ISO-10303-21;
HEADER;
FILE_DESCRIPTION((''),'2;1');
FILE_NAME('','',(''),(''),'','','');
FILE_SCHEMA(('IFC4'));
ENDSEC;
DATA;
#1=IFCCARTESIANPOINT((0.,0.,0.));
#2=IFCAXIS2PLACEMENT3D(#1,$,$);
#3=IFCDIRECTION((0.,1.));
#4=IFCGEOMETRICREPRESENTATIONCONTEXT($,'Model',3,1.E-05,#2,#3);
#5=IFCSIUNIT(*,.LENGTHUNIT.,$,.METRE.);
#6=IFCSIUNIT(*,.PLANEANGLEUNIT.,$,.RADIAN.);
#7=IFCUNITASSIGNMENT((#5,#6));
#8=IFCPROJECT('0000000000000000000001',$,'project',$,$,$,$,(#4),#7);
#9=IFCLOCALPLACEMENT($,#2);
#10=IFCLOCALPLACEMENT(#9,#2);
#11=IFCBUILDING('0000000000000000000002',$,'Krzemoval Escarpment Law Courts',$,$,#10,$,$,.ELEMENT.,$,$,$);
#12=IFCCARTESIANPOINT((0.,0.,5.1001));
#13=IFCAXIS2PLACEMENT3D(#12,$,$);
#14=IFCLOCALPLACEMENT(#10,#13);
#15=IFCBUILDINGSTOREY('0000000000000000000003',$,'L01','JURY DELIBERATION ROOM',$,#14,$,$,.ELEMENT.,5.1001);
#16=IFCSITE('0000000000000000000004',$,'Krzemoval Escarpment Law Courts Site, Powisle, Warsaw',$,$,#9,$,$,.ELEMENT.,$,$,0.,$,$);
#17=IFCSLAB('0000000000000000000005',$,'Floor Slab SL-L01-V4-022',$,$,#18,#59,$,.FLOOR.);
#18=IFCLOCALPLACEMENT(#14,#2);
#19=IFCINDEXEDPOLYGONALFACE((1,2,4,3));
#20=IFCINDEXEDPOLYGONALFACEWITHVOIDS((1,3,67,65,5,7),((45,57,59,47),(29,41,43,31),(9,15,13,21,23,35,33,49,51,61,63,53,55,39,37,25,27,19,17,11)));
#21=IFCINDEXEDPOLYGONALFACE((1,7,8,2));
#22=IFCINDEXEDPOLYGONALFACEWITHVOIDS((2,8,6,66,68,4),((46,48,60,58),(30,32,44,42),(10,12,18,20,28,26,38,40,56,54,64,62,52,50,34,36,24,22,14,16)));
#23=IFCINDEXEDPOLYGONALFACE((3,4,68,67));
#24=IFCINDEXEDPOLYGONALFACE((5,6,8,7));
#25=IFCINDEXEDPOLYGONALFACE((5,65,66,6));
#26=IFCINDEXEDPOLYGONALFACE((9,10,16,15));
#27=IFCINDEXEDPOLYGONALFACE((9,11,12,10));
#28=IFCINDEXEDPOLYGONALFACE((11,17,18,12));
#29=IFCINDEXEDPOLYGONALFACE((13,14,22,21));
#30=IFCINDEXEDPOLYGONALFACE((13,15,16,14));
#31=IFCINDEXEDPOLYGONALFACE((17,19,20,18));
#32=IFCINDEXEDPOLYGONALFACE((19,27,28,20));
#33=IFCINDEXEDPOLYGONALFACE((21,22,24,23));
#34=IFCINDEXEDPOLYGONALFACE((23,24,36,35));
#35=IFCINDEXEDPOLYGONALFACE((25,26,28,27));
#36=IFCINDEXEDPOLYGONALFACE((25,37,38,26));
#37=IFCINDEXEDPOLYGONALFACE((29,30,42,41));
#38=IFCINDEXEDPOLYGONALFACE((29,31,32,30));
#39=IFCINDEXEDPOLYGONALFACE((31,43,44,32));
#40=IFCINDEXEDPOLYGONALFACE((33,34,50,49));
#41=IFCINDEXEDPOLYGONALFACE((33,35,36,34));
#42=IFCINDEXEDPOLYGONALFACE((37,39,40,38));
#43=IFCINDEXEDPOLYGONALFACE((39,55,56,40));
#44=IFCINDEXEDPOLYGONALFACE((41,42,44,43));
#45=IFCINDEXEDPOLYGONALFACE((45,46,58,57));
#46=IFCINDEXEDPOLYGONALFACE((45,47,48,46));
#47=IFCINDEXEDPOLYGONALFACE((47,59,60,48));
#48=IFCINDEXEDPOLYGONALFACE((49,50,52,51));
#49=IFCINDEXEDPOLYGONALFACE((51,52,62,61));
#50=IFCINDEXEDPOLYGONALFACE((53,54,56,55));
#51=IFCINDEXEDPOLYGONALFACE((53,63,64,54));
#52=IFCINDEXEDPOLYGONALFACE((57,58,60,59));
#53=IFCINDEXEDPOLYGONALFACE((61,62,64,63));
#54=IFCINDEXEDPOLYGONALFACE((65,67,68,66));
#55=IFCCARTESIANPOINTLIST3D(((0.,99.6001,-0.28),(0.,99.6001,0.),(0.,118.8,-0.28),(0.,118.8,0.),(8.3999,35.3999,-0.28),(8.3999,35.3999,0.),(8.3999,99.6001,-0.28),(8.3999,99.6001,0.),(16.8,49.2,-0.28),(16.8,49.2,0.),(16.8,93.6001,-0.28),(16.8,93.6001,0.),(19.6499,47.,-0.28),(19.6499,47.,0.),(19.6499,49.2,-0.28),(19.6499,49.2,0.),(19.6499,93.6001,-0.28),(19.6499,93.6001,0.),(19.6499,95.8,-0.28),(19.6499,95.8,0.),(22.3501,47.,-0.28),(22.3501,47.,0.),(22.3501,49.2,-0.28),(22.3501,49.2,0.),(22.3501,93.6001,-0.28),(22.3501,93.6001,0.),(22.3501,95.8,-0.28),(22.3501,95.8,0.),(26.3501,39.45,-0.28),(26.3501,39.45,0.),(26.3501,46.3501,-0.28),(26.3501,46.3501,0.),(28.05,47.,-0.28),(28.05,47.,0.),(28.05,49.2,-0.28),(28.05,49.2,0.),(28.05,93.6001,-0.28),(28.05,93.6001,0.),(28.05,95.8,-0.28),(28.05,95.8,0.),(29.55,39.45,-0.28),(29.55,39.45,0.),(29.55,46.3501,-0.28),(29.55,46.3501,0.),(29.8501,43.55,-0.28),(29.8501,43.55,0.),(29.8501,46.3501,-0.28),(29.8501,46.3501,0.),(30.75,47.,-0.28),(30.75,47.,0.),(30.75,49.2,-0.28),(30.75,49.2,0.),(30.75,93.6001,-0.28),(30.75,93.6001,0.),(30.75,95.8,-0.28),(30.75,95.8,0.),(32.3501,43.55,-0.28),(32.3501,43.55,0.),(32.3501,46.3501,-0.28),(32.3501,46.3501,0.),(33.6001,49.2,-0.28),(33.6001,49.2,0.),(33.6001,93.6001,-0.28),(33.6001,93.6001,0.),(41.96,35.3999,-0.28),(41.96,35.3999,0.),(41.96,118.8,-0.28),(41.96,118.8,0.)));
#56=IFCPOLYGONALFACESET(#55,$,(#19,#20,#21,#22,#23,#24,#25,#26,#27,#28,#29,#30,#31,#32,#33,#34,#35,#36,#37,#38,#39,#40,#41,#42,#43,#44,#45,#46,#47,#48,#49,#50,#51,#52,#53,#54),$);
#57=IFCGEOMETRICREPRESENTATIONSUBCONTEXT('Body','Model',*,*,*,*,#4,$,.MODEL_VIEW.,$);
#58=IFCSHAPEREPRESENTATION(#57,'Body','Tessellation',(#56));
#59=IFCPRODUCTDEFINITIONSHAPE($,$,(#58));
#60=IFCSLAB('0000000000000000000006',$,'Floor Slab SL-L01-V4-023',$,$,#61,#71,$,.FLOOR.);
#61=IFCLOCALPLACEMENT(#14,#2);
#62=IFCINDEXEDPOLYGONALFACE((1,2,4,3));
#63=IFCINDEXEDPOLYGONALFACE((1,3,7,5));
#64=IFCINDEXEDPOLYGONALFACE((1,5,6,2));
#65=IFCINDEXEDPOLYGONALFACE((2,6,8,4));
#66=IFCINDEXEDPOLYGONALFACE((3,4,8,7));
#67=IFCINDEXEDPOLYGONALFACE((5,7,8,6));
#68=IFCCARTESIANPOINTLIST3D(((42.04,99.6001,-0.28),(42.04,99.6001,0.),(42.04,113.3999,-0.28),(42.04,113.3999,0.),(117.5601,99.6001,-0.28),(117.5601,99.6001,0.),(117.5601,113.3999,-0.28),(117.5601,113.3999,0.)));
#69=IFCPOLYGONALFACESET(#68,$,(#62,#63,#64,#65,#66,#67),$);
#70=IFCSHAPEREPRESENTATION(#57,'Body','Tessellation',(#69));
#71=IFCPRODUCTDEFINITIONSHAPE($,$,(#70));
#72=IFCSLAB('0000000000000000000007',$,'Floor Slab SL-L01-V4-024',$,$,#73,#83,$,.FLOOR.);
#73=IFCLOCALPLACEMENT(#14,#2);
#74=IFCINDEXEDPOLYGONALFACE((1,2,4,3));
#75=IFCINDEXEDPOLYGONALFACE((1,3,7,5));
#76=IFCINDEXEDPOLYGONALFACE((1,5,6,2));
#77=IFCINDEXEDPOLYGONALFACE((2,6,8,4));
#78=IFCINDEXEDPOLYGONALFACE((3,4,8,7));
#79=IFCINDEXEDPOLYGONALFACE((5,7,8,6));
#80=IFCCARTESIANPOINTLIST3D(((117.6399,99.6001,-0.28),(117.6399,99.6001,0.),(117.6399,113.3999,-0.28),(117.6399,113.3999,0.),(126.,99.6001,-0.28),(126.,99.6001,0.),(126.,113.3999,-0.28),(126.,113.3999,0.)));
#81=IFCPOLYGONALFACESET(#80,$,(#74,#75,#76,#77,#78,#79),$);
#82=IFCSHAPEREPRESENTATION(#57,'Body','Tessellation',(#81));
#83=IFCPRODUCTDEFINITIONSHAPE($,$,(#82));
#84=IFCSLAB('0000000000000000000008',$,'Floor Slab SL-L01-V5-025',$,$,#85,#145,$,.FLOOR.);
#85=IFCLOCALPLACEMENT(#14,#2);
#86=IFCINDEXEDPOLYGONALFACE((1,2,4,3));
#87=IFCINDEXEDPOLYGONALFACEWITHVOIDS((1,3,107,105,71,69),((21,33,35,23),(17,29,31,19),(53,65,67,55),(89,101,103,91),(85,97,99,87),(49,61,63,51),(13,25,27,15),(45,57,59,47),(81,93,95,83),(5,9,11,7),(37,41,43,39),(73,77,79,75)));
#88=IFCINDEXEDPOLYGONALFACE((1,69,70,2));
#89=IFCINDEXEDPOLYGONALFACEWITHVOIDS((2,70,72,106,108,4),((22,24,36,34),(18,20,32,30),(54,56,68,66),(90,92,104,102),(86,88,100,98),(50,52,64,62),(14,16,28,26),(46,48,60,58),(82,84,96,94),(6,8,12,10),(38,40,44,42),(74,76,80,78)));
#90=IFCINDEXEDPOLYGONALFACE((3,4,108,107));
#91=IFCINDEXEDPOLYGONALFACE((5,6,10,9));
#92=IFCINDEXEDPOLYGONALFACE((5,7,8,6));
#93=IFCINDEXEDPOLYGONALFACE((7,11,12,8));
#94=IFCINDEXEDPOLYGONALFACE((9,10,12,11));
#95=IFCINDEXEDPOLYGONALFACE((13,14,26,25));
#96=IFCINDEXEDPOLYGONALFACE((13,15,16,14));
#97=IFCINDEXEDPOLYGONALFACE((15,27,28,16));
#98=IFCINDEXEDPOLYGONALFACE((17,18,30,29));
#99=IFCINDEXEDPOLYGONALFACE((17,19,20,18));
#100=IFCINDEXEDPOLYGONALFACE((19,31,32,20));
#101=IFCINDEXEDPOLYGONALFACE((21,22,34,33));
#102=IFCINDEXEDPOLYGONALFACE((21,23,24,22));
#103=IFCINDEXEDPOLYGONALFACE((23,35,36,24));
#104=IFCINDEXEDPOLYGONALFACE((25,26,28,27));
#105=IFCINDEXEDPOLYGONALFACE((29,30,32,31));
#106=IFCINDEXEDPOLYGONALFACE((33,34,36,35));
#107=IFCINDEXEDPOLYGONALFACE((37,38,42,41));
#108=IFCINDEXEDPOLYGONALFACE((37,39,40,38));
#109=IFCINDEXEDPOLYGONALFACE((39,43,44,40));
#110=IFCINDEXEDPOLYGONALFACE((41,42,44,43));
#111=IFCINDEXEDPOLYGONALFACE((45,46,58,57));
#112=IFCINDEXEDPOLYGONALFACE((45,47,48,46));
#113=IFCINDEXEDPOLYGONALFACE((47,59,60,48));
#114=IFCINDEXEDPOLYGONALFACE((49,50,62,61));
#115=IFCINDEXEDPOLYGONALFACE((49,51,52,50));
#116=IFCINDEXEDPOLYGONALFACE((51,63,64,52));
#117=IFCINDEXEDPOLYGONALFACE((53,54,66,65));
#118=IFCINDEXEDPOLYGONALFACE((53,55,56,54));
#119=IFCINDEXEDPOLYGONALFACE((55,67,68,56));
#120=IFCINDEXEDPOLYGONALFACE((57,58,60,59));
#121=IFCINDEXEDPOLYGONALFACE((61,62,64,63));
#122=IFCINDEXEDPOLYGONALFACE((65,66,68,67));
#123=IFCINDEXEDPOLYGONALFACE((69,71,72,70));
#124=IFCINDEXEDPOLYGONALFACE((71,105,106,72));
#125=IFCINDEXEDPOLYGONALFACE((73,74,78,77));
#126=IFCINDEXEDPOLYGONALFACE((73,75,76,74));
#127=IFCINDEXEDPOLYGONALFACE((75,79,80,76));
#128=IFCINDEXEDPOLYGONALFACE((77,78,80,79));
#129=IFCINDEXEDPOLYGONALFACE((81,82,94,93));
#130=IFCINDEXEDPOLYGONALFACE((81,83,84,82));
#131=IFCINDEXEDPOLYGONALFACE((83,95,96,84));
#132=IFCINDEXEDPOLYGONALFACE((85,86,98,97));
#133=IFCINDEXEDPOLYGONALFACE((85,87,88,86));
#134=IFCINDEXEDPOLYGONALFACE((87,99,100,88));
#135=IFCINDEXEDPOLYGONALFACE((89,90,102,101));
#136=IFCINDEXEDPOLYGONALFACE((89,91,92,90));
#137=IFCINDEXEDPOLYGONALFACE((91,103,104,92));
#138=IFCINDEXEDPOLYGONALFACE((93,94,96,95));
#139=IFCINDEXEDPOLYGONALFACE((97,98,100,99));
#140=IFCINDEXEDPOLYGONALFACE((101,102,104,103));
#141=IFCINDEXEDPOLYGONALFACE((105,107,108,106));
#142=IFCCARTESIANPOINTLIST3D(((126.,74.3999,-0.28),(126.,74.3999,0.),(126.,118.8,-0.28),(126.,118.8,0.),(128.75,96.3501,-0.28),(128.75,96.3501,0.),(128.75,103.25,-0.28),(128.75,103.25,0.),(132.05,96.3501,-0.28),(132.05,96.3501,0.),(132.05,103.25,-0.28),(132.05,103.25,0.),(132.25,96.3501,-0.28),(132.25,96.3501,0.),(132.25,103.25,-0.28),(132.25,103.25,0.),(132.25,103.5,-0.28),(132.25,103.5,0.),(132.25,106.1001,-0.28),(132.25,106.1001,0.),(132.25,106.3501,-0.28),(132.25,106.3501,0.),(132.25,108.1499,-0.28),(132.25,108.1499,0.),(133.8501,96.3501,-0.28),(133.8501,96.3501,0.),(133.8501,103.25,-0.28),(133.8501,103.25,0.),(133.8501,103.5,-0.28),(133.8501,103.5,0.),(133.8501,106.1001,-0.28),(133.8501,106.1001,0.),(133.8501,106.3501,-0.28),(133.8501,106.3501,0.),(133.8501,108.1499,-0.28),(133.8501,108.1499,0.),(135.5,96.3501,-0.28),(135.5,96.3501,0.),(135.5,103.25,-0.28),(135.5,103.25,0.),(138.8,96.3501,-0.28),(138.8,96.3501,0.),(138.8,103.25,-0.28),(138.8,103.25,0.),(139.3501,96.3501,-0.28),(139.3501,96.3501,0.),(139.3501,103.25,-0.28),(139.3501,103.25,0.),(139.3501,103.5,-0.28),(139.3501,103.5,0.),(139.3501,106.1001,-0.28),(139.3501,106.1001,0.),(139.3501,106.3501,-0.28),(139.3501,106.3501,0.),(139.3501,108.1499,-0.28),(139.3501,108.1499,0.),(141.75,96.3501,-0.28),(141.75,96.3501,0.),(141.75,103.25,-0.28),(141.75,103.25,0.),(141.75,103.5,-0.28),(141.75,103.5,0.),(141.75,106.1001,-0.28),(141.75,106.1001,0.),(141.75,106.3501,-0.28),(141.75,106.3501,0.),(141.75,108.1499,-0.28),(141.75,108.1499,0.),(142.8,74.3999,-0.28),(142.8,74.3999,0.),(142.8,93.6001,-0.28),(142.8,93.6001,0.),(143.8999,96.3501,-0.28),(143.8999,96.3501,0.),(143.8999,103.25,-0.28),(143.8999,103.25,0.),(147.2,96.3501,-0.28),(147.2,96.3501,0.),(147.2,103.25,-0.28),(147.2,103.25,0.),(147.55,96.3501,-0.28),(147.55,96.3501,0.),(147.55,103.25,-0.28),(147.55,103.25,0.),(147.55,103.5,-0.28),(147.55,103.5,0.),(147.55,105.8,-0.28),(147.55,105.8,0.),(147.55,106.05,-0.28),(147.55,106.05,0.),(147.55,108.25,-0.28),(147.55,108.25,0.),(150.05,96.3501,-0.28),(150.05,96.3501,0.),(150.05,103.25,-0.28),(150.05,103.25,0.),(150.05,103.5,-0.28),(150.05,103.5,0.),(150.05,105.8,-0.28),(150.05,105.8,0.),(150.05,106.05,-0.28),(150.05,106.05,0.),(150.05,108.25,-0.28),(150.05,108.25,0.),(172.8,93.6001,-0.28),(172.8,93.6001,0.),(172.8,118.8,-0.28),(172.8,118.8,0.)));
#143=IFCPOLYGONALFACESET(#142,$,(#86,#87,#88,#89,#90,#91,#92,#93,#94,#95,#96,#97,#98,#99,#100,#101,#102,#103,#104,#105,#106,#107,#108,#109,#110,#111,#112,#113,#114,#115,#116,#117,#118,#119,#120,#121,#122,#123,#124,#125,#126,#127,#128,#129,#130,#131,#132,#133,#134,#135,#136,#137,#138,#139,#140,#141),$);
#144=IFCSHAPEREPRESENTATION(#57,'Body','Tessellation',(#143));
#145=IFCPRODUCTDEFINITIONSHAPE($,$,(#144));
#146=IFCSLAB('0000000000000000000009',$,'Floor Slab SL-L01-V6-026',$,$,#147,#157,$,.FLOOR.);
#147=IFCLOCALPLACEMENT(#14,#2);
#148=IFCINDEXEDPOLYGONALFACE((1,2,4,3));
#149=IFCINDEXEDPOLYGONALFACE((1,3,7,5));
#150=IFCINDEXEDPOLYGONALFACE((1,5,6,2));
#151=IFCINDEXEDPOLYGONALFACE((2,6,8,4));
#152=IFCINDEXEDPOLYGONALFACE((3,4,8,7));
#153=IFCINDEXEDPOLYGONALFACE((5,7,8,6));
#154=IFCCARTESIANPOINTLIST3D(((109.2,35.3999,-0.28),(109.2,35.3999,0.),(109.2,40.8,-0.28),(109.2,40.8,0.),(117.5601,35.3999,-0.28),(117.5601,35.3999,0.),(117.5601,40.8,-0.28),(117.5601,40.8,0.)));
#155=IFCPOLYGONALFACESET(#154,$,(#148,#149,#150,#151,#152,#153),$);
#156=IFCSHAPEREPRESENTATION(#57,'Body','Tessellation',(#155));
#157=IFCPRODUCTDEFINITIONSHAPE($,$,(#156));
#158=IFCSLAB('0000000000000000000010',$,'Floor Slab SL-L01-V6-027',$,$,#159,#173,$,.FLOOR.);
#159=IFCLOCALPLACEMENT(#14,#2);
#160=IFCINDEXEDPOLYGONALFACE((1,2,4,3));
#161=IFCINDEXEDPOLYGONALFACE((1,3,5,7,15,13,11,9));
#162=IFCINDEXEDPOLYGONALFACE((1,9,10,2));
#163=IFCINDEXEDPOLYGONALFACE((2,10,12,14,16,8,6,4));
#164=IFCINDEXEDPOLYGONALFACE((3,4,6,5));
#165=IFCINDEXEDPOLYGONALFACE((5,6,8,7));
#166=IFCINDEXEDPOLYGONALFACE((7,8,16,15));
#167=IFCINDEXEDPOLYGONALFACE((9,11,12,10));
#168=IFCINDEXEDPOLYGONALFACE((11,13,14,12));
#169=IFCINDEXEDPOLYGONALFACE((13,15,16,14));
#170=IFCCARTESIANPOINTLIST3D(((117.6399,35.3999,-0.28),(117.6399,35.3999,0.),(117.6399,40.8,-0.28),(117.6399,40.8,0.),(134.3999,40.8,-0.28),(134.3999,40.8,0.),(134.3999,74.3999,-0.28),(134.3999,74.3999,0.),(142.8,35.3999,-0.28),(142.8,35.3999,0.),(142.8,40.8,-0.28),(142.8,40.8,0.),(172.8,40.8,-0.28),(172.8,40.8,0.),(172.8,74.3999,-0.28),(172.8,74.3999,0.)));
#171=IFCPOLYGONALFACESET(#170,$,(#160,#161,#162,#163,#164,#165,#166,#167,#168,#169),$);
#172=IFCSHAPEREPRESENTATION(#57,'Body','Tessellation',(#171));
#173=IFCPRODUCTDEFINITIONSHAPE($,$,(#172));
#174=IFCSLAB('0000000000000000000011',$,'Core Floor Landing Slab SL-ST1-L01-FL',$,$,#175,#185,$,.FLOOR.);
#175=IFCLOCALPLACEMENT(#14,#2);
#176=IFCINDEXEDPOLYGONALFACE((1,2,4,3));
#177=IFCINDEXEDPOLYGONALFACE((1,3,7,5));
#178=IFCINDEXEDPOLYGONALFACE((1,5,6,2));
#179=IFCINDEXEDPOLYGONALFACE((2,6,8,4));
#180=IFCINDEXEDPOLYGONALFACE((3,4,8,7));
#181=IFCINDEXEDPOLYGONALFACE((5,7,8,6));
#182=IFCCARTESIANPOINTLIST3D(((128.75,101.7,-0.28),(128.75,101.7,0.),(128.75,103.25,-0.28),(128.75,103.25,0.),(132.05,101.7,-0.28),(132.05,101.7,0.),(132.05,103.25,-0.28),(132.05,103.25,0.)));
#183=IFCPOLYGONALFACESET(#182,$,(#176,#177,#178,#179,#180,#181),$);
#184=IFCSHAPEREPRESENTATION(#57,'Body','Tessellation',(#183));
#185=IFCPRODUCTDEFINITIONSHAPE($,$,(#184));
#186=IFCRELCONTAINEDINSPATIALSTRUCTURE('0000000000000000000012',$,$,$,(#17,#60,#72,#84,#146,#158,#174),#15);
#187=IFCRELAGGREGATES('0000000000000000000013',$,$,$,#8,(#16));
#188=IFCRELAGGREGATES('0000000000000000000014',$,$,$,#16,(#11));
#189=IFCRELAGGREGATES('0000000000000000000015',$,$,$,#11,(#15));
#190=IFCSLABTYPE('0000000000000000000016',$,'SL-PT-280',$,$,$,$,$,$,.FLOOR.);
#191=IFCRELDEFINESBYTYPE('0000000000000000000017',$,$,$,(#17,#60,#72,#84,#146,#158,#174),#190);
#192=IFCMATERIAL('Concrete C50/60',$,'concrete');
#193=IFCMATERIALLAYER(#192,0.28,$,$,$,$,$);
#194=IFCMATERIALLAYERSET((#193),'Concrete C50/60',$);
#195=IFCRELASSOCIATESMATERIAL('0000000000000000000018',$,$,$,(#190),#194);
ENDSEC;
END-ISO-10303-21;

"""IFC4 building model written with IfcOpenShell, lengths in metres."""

from ifc_helpers import new_model, si_unit, direction, frame, origin, place, context, subcontext, project, spatial, polyline, outline, extrude, material, layer, layer_set, type_object, element, save


model = new_model("IFC4")

# Units and contexts
model_context = context("Model", 3, precision=1e-05, world=origin(), true_north=direction((0.0, 1.0)))
body_context = subcontext(model_context, "Body", "Model", "MODEL_VIEW")
ifc_project = project(units=[si_unit("LENGTHUNIT", "METRE"), si_unit("PLANEANGLEUNIT", "RADIAN")], contexts=[model_context])

# Site, building, storey
site_placement = place(None, origin())
site = spatial("IfcSite", under=ifc_project, at=site_placement, Name="Krzemoval Escarpment Law Courts Site, Powisle, Warsaw", CompositionType="ELEMENT", RefElevation=0.0)
building_placement = place(site_placement, origin())
building = spatial("IfcBuilding", under=site, at=building_placement, Name="Krzemoval Escarpment Law Courts", CompositionType="ELEMENT")
storey_placement = place(building_placement, frame((0.0, 0.0, 5.1001)))
storey = spatial("IfcBuildingStorey", under=building, at=storey_placement, Name="L01", Description="JURY DELIBERATION ROOM", CompositionType="ELEMENT", Elevation=5.1001)

# Slabs
ifc_material_1 = material(Name="Concrete C50/60", Category="concrete")
ifc_layer_1 = layer(ifc_material_1, 0.28)
ifc_layer_set_1 = layer_set([ifc_layer_1], Name="Concrete C50/60")
slab_type_1 = type_object("IfcSlabType", Name="SL-PT-280", PredefinedType="FLOOR", material=ifc_layer_set_1)
slab_1_placement = place(storey_placement, frame((0.0, 0.0, -0.28)))
element("IfcSlab", 1, at=slab_1_placement, inside=storey, type_object=slab_type_1, Name="Floor Slab SL-L01-V4-022", PredefinedType="FLOOR", context=body_context, shape_type="SweptSolid", body=[
    extrude(outline(polyline([(8.3999, 99.6001), (0.0, 99.6001), (0.0, 118.8), (41.96, 118.8), (41.96, 35.3999), (8.3999, 35.3999), (8.3999, 99.6001)]), holes=[polyline([(22.3501, 49.2), (28.05, 49.2), (28.05, 47.0), (30.75, 47.0), (30.75, 49.2), (33.6001, 49.2), (33.6001, 93.6001), (30.75, 93.6001), (30.75, 95.8), (28.05, 95.8), (28.05, 93.6001), (22.3501, 93.6001), (22.3501, 95.8), (19.6499, 95.8), (19.6499, 93.6001), (16.8, 93.6001), (16.8, 49.2), (19.6499, 49.2), (19.6499, 47.0), (22.3501, 47.0), (22.3501, 49.2)]), polyline([(29.8501, 46.3501), (29.8501, 43.55), (32.3501, 43.55), (32.3501, 46.3501), (29.8501, 46.3501)]), polyline([(29.55, 46.3501), (26.3501, 46.3501), (26.3501, 39.45), (29.55, 39.45), (29.55, 46.3501)])]), origin(), (0.0, 0.0, 1.0), 0.28),
])
slab_2_placement = place(storey_placement, frame((0.0, 0.0, -0.28)))
element("IfcSlab", 2, at=slab_2_placement, inside=storey, type_object=slab_type_1, Name="Floor Slab SL-L01-V4-023", PredefinedType="FLOOR", context=body_context, shape_type="SweptSolid", body=[
    extrude(outline(polyline([(42.04, 113.3999), (117.5601, 113.3999), (117.5601, 99.6001), (42.04, 99.6001), (42.04, 113.3999)])), origin(), (0.0, 0.0, 1.0), 0.28),
])
slab_3_placement = place(storey_placement, frame((0.0, 0.0, -0.28)))
element("IfcSlab", 3, at=slab_3_placement, inside=storey, type_object=slab_type_1, Name="Floor Slab SL-L01-V4-024", PredefinedType="FLOOR", context=body_context, shape_type="SweptSolid", body=[
    extrude(outline(polyline([(117.6399, 113.3999), (126.0, 113.3999), (126.0, 99.6001), (117.6399, 99.6001), (117.6399, 113.3999)])), origin(), (0.0, 0.0, 1.0), 0.28),
])
slab_4_placement = place(storey_placement, frame((0.0, 0.0, -0.28)))
element("IfcSlab", 4, at=slab_4_placement, inside=storey, type_object=slab_type_1, Name="Floor Slab SL-L01-V5-025", PredefinedType="FLOOR", context=body_context, shape_type="SweptSolid", body=[
    extrude(outline(polyline([(142.8, 93.6001), (142.8, 74.3999), (126.0, 74.3999), (126.0, 118.8), (172.8, 118.8), (172.8, 93.6001), (142.8, 93.6001)]), holes=[polyline([(133.8501, 103.5), (133.8501, 106.1001), (132.25, 106.1001), (132.25, 103.5), (133.8501, 103.5)]), polyline([(132.25, 106.3501), (133.8501, 106.3501), (133.8501, 108.1499), (132.25, 108.1499), (132.25, 106.3501)]), polyline([(132.25, 103.25), (132.25, 96.3501), (133.8501, 96.3501), (133.8501, 103.25), (132.25, 103.25)]), polyline([(141.75, 106.1001), (139.3501, 106.1001), (139.3501, 103.5), (141.75, 103.5), (141.75, 106.1001)]), polyline([(141.75, 106.3501), (141.75, 108.1499), (139.3501, 108.1499), (139.3501, 106.3501), (141.75, 106.3501)]), polyline([(139.3501, 96.3501), (141.75, 96.3501), (141.75, 103.25), (139.3501, 103.25), (139.3501, 96.3501)]), polyline([(147.55, 105.8), (147.55, 103.5), (150.05, 103.5), (150.05, 105.8), (147.55, 105.8)]), polyline([(150.05, 108.25), (147.55, 108.25), (147.55, 106.05), (150.05, 106.05), (150.05, 108.25)]), polyline([(150.05, 96.3501), (150.05, 103.25), (147.55, 103.25), (147.55, 96.3501), (150.05, 96.3501)]), polyline([(128.75, 96.3501), (132.05, 96.3501), (132.05, 103.25), (128.75, 103.25), (128.75, 96.3501)]), polyline([(135.5, 103.25), (135.5, 96.3501), (138.8, 96.3501), (138.8, 103.25), (135.5, 103.25)]), polyline([(147.2, 103.25), (143.8999, 103.25), (143.8999, 96.3501), (147.2, 96.3501), (147.2, 103.25)])]), origin(), (0.0, 0.0, 1.0), 0.28),
])
slab_5_placement = place(storey_placement, frame((0.0, 0.0, -0.28)))
element("IfcSlab", 5, at=slab_5_placement, inside=storey, type_object=slab_type_1, Name="Floor Slab SL-L01-V6-026", PredefinedType="FLOOR", context=body_context, shape_type="SweptSolid", body=[
    extrude(outline(polyline([(109.2, 35.3999), (109.2, 40.8), (117.5601, 40.8), (117.5601, 35.3999), (109.2, 35.3999)])), origin(), (0.0, 0.0, 1.0), 0.28),
])
slab_6_placement = place(storey_placement, frame((0.0, 0.0, -0.28)))
element("IfcSlab", 6, at=slab_6_placement, inside=storey, type_object=slab_type_1, Name="Floor Slab SL-L01-V6-027", PredefinedType="FLOOR", context=body_context, shape_type="SweptSolid", body=[
    extrude(outline(polyline([(117.6399, 35.3999), (117.6399, 40.8), (134.3999, 40.8), (134.3999, 74.3999), (172.8, 74.3999), (172.8, 40.8), (142.8, 40.8), (142.8, 35.3999), (117.6399, 35.3999)])), origin(), (0.0, 0.0, 1.0), 0.28),
])
slab_7_placement = place(storey_placement, frame((0.0, 0.0, -0.28)))
element("IfcSlab", 7, at=slab_7_placement, inside=storey, type_object=slab_type_1, Name="Core Floor Landing Slab SL-ST1-L01-FL", PredefinedType="FLOOR", context=body_context, shape_type="SweptSolid", body=[
    extrude(outline(polyline([(128.75, 103.25), (128.75, 101.7), (132.05, 101.7), (132.05, 103.25), (128.75, 103.25)])), origin(), (0.0, 0.0, 1.0), 0.28),
])

save(model, "model.ifc")
